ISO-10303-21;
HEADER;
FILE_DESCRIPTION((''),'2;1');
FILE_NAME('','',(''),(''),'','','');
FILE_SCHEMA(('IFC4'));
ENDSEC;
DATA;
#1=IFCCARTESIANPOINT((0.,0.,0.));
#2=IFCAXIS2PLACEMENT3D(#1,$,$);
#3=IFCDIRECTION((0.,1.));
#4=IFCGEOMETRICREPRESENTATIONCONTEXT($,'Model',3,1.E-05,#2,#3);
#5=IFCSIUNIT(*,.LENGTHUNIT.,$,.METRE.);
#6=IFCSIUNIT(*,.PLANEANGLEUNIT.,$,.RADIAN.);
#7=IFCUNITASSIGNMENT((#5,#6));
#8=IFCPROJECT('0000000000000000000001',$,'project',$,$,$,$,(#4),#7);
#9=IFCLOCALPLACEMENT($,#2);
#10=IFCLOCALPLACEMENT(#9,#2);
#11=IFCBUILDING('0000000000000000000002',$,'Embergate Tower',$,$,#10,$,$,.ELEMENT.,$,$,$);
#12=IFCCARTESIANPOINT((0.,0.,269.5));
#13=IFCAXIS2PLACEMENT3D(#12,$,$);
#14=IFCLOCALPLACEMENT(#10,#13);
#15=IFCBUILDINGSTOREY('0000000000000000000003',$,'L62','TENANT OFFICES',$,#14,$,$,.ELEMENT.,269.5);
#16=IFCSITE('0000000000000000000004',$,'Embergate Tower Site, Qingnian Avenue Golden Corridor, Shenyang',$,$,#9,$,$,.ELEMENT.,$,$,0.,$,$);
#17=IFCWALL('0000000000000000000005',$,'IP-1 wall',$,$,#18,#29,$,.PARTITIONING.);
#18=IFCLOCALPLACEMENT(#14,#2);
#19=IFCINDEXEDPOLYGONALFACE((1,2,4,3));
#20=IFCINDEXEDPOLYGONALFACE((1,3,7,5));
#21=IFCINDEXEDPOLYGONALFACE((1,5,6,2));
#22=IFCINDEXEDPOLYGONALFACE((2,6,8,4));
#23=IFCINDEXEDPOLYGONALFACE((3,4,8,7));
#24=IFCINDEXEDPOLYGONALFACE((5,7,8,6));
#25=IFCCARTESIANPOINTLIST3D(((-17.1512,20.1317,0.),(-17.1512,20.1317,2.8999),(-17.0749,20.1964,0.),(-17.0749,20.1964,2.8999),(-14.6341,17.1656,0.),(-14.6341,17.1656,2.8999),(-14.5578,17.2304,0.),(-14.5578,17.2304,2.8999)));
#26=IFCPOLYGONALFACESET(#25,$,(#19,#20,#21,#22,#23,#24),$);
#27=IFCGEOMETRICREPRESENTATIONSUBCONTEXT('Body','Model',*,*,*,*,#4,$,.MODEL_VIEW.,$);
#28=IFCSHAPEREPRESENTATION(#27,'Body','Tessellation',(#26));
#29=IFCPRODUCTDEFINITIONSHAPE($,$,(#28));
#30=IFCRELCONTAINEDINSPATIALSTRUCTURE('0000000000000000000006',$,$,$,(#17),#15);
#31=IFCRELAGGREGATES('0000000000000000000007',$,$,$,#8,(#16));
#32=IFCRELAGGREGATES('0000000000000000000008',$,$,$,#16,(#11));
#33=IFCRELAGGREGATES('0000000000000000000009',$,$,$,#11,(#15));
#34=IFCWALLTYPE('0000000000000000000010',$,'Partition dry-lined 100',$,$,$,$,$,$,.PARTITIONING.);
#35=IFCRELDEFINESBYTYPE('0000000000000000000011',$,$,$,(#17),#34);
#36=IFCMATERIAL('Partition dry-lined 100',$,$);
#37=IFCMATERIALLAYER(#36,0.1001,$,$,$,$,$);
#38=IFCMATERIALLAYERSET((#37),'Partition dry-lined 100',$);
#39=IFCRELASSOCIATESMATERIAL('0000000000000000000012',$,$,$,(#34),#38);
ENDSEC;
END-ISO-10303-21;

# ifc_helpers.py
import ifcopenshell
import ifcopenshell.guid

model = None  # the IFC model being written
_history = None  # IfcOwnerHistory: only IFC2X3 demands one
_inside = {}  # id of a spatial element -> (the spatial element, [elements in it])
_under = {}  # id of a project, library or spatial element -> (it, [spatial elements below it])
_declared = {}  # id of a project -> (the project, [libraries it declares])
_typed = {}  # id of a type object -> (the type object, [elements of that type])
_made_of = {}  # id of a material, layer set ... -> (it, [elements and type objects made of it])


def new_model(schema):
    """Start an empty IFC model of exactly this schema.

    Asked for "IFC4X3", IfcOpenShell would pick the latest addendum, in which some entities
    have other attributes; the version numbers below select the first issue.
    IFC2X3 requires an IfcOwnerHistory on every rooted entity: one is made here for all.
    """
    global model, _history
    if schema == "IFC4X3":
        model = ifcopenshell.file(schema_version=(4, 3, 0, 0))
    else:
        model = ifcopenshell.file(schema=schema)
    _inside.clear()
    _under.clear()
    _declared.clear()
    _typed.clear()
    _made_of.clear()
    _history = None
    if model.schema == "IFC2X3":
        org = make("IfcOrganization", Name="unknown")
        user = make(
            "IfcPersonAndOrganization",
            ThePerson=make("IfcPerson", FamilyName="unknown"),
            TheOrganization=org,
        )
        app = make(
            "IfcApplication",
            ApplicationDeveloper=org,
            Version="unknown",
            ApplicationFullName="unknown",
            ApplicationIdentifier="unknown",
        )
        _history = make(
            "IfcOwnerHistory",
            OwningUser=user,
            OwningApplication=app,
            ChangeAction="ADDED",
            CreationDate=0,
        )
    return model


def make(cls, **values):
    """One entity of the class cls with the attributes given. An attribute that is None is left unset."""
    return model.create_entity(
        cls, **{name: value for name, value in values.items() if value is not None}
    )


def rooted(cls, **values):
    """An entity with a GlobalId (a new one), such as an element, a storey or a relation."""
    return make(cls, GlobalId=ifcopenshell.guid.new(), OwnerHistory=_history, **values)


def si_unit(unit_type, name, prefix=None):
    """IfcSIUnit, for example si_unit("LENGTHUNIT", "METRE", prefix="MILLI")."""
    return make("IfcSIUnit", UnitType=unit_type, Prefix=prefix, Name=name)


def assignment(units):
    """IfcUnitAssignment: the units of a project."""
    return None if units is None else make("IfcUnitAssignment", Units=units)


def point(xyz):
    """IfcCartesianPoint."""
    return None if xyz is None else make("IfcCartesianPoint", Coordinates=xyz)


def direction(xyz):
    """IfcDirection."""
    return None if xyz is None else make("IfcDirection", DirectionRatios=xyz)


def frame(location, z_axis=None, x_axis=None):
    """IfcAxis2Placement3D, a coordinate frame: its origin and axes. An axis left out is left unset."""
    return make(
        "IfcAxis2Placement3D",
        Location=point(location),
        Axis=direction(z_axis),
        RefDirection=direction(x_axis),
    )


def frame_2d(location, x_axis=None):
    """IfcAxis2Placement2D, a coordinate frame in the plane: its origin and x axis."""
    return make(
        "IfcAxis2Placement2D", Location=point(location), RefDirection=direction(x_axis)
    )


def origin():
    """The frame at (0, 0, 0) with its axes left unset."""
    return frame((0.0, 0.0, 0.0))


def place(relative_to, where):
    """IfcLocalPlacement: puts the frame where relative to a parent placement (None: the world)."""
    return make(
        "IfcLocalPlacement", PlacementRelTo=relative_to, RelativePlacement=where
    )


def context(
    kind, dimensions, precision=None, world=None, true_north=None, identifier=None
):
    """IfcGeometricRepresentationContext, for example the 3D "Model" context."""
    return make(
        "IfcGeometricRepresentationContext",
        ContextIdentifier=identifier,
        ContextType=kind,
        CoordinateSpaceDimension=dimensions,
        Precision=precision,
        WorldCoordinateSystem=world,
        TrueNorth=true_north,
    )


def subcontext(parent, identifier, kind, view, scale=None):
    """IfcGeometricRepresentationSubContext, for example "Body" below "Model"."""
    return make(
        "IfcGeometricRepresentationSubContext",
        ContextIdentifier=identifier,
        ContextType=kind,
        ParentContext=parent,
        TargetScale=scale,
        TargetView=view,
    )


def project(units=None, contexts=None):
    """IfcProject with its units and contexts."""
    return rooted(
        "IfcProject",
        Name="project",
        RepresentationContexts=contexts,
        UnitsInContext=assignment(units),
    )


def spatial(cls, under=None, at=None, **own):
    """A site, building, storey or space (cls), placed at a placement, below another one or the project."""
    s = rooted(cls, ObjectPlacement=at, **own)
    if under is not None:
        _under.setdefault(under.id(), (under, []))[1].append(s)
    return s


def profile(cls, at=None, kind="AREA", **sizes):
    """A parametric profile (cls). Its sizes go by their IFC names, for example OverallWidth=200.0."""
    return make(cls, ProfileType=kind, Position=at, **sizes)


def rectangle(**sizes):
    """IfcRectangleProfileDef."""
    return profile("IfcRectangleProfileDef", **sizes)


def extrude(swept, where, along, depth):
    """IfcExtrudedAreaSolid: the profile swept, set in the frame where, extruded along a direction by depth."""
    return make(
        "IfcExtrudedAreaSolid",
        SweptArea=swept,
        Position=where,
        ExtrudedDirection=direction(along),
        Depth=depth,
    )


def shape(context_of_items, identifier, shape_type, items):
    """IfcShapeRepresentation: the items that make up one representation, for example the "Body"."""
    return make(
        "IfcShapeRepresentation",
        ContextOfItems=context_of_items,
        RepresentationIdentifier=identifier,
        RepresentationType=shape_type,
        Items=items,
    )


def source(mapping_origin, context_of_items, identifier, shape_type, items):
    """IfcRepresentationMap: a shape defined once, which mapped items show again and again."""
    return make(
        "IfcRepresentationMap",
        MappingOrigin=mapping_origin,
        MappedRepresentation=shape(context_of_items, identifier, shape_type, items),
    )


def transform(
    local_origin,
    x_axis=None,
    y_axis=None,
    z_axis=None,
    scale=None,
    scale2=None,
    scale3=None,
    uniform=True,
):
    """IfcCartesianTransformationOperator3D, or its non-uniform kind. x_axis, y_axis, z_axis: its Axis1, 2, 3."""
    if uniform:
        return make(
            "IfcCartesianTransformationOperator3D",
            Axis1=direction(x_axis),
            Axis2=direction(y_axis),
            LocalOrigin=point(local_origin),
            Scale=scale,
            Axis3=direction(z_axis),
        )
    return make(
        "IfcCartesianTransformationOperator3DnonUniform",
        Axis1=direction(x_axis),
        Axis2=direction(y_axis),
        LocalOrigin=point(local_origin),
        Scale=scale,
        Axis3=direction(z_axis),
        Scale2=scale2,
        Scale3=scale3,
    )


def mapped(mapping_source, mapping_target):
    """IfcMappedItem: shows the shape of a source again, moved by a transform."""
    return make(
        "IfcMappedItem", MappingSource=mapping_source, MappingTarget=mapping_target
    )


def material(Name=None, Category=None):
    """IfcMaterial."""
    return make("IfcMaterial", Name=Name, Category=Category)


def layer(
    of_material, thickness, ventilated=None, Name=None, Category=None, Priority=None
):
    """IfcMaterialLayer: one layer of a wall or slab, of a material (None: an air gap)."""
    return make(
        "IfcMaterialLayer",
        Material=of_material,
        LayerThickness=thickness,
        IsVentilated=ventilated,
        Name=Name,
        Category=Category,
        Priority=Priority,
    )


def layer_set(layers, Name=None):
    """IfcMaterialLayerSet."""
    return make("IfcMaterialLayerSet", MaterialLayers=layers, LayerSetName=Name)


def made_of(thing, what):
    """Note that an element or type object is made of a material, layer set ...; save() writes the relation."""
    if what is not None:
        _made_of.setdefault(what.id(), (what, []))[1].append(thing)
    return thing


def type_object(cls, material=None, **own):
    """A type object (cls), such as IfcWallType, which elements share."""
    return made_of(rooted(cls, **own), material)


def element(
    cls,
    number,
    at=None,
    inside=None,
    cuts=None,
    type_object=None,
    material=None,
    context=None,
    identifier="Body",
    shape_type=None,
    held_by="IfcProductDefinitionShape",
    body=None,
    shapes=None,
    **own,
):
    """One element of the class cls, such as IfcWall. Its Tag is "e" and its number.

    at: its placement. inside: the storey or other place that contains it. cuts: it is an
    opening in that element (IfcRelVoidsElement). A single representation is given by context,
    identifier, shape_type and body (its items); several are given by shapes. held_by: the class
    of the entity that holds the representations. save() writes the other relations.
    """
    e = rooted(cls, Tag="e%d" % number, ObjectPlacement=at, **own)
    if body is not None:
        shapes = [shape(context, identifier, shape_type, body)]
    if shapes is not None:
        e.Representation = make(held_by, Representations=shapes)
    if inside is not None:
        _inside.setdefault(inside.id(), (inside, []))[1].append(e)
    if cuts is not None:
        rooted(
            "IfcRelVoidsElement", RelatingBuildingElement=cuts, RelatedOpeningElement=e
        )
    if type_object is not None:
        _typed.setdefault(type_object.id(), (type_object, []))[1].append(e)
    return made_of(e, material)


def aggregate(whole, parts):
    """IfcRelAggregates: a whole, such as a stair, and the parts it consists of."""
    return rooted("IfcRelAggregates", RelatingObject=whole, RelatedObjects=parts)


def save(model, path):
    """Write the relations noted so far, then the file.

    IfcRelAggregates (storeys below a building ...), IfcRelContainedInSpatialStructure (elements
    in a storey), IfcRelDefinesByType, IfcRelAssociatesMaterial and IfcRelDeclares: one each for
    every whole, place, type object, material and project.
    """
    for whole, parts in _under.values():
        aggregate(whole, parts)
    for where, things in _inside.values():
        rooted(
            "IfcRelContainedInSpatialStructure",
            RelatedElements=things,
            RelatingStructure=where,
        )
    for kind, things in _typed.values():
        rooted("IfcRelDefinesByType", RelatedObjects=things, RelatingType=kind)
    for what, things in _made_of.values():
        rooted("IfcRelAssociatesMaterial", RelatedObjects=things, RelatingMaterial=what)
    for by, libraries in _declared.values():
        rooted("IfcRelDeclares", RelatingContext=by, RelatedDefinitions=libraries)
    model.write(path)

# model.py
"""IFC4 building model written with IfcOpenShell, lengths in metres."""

from ifc_helpers import new_model, si_unit, direction, frame, frame_2d, origin, place, context, subcontext, project, spatial, rectangle, extrude, source, transform, mapped, material, layer, layer_set, type_object, element, save


model = new_model("IFC4")

# Units and contexts
model_context = context("Model", 3, precision=1e-05, world=origin(), true_north=direction((0.0, 1.0)))
body_context = subcontext(model_context, "Body", "Model", "MODEL_VIEW")
ifc_project = project(units=[si_unit("LENGTHUNIT", "METRE"), si_unit("PLANEANGLEUNIT", "RADIAN")], contexts=[model_context])

# Site, building, storey
site_placement = place(None, origin())
site = spatial("IfcSite", under=ifc_project, at=site_placement, Name="Embergate Tower Site, Qingnian Avenue Golden Corridor, Shenyang", CompositionType="ELEMENT", RefElevation=0.0)
building_placement = place(site_placement, origin())
building = spatial("IfcBuilding", under=site, at=building_placement, Name="Embergate Tower", CompositionType="ELEMENT")
storey_placement = place(building_placement, frame((0.0, 0.0, 269.5)))
storey = spatial("IfcBuildingStorey", under=building, at=storey_placement, Name="L62", Description="TENANT OFFICES", CompositionType="ELEMENT", Elevation=269.5)

# Wall
ifc_material_1 = material(Name="Partition dry-lined 100")
ifc_layer_1 = layer(ifc_material_1, 0.1001)
ifc_layer_set_1 = layer_set([ifc_layer_1], Name="Partition dry-lined 100")
wall_type = type_object("IfcWallType", Name="Partition dry-lined 100", PredefinedType="PARTITIONING", material=ifc_layer_set_1)
shared_shape_1 = source(origin(), body_context, "Body", "SweptSolid", [
    extrude(rectangle(XDim=3.8901, YDim=0.1001, at=frame_2d((1.9451, 0.0))), origin(), (0.0, 0.0, 1.0), 2.8999),
])
wall_placement = place(storey_placement, frame((-14.5959, 17.198, 0.0), z_axis=(0.0, 0.0, 1.0), x_axis=(-0.647042, 0.762455, 0.0)))
element("IfcWall", 1, at=wall_placement, inside=storey, type_object=wall_type, Name="IP-1 wall", PredefinedType="PARTITIONING", context=body_context, shape_type="MappedRepresentation", body=[
    mapped(shared_shape_1, transform((0.0, 0.0, 0.0))),
])

save(model, "model.ifc")
